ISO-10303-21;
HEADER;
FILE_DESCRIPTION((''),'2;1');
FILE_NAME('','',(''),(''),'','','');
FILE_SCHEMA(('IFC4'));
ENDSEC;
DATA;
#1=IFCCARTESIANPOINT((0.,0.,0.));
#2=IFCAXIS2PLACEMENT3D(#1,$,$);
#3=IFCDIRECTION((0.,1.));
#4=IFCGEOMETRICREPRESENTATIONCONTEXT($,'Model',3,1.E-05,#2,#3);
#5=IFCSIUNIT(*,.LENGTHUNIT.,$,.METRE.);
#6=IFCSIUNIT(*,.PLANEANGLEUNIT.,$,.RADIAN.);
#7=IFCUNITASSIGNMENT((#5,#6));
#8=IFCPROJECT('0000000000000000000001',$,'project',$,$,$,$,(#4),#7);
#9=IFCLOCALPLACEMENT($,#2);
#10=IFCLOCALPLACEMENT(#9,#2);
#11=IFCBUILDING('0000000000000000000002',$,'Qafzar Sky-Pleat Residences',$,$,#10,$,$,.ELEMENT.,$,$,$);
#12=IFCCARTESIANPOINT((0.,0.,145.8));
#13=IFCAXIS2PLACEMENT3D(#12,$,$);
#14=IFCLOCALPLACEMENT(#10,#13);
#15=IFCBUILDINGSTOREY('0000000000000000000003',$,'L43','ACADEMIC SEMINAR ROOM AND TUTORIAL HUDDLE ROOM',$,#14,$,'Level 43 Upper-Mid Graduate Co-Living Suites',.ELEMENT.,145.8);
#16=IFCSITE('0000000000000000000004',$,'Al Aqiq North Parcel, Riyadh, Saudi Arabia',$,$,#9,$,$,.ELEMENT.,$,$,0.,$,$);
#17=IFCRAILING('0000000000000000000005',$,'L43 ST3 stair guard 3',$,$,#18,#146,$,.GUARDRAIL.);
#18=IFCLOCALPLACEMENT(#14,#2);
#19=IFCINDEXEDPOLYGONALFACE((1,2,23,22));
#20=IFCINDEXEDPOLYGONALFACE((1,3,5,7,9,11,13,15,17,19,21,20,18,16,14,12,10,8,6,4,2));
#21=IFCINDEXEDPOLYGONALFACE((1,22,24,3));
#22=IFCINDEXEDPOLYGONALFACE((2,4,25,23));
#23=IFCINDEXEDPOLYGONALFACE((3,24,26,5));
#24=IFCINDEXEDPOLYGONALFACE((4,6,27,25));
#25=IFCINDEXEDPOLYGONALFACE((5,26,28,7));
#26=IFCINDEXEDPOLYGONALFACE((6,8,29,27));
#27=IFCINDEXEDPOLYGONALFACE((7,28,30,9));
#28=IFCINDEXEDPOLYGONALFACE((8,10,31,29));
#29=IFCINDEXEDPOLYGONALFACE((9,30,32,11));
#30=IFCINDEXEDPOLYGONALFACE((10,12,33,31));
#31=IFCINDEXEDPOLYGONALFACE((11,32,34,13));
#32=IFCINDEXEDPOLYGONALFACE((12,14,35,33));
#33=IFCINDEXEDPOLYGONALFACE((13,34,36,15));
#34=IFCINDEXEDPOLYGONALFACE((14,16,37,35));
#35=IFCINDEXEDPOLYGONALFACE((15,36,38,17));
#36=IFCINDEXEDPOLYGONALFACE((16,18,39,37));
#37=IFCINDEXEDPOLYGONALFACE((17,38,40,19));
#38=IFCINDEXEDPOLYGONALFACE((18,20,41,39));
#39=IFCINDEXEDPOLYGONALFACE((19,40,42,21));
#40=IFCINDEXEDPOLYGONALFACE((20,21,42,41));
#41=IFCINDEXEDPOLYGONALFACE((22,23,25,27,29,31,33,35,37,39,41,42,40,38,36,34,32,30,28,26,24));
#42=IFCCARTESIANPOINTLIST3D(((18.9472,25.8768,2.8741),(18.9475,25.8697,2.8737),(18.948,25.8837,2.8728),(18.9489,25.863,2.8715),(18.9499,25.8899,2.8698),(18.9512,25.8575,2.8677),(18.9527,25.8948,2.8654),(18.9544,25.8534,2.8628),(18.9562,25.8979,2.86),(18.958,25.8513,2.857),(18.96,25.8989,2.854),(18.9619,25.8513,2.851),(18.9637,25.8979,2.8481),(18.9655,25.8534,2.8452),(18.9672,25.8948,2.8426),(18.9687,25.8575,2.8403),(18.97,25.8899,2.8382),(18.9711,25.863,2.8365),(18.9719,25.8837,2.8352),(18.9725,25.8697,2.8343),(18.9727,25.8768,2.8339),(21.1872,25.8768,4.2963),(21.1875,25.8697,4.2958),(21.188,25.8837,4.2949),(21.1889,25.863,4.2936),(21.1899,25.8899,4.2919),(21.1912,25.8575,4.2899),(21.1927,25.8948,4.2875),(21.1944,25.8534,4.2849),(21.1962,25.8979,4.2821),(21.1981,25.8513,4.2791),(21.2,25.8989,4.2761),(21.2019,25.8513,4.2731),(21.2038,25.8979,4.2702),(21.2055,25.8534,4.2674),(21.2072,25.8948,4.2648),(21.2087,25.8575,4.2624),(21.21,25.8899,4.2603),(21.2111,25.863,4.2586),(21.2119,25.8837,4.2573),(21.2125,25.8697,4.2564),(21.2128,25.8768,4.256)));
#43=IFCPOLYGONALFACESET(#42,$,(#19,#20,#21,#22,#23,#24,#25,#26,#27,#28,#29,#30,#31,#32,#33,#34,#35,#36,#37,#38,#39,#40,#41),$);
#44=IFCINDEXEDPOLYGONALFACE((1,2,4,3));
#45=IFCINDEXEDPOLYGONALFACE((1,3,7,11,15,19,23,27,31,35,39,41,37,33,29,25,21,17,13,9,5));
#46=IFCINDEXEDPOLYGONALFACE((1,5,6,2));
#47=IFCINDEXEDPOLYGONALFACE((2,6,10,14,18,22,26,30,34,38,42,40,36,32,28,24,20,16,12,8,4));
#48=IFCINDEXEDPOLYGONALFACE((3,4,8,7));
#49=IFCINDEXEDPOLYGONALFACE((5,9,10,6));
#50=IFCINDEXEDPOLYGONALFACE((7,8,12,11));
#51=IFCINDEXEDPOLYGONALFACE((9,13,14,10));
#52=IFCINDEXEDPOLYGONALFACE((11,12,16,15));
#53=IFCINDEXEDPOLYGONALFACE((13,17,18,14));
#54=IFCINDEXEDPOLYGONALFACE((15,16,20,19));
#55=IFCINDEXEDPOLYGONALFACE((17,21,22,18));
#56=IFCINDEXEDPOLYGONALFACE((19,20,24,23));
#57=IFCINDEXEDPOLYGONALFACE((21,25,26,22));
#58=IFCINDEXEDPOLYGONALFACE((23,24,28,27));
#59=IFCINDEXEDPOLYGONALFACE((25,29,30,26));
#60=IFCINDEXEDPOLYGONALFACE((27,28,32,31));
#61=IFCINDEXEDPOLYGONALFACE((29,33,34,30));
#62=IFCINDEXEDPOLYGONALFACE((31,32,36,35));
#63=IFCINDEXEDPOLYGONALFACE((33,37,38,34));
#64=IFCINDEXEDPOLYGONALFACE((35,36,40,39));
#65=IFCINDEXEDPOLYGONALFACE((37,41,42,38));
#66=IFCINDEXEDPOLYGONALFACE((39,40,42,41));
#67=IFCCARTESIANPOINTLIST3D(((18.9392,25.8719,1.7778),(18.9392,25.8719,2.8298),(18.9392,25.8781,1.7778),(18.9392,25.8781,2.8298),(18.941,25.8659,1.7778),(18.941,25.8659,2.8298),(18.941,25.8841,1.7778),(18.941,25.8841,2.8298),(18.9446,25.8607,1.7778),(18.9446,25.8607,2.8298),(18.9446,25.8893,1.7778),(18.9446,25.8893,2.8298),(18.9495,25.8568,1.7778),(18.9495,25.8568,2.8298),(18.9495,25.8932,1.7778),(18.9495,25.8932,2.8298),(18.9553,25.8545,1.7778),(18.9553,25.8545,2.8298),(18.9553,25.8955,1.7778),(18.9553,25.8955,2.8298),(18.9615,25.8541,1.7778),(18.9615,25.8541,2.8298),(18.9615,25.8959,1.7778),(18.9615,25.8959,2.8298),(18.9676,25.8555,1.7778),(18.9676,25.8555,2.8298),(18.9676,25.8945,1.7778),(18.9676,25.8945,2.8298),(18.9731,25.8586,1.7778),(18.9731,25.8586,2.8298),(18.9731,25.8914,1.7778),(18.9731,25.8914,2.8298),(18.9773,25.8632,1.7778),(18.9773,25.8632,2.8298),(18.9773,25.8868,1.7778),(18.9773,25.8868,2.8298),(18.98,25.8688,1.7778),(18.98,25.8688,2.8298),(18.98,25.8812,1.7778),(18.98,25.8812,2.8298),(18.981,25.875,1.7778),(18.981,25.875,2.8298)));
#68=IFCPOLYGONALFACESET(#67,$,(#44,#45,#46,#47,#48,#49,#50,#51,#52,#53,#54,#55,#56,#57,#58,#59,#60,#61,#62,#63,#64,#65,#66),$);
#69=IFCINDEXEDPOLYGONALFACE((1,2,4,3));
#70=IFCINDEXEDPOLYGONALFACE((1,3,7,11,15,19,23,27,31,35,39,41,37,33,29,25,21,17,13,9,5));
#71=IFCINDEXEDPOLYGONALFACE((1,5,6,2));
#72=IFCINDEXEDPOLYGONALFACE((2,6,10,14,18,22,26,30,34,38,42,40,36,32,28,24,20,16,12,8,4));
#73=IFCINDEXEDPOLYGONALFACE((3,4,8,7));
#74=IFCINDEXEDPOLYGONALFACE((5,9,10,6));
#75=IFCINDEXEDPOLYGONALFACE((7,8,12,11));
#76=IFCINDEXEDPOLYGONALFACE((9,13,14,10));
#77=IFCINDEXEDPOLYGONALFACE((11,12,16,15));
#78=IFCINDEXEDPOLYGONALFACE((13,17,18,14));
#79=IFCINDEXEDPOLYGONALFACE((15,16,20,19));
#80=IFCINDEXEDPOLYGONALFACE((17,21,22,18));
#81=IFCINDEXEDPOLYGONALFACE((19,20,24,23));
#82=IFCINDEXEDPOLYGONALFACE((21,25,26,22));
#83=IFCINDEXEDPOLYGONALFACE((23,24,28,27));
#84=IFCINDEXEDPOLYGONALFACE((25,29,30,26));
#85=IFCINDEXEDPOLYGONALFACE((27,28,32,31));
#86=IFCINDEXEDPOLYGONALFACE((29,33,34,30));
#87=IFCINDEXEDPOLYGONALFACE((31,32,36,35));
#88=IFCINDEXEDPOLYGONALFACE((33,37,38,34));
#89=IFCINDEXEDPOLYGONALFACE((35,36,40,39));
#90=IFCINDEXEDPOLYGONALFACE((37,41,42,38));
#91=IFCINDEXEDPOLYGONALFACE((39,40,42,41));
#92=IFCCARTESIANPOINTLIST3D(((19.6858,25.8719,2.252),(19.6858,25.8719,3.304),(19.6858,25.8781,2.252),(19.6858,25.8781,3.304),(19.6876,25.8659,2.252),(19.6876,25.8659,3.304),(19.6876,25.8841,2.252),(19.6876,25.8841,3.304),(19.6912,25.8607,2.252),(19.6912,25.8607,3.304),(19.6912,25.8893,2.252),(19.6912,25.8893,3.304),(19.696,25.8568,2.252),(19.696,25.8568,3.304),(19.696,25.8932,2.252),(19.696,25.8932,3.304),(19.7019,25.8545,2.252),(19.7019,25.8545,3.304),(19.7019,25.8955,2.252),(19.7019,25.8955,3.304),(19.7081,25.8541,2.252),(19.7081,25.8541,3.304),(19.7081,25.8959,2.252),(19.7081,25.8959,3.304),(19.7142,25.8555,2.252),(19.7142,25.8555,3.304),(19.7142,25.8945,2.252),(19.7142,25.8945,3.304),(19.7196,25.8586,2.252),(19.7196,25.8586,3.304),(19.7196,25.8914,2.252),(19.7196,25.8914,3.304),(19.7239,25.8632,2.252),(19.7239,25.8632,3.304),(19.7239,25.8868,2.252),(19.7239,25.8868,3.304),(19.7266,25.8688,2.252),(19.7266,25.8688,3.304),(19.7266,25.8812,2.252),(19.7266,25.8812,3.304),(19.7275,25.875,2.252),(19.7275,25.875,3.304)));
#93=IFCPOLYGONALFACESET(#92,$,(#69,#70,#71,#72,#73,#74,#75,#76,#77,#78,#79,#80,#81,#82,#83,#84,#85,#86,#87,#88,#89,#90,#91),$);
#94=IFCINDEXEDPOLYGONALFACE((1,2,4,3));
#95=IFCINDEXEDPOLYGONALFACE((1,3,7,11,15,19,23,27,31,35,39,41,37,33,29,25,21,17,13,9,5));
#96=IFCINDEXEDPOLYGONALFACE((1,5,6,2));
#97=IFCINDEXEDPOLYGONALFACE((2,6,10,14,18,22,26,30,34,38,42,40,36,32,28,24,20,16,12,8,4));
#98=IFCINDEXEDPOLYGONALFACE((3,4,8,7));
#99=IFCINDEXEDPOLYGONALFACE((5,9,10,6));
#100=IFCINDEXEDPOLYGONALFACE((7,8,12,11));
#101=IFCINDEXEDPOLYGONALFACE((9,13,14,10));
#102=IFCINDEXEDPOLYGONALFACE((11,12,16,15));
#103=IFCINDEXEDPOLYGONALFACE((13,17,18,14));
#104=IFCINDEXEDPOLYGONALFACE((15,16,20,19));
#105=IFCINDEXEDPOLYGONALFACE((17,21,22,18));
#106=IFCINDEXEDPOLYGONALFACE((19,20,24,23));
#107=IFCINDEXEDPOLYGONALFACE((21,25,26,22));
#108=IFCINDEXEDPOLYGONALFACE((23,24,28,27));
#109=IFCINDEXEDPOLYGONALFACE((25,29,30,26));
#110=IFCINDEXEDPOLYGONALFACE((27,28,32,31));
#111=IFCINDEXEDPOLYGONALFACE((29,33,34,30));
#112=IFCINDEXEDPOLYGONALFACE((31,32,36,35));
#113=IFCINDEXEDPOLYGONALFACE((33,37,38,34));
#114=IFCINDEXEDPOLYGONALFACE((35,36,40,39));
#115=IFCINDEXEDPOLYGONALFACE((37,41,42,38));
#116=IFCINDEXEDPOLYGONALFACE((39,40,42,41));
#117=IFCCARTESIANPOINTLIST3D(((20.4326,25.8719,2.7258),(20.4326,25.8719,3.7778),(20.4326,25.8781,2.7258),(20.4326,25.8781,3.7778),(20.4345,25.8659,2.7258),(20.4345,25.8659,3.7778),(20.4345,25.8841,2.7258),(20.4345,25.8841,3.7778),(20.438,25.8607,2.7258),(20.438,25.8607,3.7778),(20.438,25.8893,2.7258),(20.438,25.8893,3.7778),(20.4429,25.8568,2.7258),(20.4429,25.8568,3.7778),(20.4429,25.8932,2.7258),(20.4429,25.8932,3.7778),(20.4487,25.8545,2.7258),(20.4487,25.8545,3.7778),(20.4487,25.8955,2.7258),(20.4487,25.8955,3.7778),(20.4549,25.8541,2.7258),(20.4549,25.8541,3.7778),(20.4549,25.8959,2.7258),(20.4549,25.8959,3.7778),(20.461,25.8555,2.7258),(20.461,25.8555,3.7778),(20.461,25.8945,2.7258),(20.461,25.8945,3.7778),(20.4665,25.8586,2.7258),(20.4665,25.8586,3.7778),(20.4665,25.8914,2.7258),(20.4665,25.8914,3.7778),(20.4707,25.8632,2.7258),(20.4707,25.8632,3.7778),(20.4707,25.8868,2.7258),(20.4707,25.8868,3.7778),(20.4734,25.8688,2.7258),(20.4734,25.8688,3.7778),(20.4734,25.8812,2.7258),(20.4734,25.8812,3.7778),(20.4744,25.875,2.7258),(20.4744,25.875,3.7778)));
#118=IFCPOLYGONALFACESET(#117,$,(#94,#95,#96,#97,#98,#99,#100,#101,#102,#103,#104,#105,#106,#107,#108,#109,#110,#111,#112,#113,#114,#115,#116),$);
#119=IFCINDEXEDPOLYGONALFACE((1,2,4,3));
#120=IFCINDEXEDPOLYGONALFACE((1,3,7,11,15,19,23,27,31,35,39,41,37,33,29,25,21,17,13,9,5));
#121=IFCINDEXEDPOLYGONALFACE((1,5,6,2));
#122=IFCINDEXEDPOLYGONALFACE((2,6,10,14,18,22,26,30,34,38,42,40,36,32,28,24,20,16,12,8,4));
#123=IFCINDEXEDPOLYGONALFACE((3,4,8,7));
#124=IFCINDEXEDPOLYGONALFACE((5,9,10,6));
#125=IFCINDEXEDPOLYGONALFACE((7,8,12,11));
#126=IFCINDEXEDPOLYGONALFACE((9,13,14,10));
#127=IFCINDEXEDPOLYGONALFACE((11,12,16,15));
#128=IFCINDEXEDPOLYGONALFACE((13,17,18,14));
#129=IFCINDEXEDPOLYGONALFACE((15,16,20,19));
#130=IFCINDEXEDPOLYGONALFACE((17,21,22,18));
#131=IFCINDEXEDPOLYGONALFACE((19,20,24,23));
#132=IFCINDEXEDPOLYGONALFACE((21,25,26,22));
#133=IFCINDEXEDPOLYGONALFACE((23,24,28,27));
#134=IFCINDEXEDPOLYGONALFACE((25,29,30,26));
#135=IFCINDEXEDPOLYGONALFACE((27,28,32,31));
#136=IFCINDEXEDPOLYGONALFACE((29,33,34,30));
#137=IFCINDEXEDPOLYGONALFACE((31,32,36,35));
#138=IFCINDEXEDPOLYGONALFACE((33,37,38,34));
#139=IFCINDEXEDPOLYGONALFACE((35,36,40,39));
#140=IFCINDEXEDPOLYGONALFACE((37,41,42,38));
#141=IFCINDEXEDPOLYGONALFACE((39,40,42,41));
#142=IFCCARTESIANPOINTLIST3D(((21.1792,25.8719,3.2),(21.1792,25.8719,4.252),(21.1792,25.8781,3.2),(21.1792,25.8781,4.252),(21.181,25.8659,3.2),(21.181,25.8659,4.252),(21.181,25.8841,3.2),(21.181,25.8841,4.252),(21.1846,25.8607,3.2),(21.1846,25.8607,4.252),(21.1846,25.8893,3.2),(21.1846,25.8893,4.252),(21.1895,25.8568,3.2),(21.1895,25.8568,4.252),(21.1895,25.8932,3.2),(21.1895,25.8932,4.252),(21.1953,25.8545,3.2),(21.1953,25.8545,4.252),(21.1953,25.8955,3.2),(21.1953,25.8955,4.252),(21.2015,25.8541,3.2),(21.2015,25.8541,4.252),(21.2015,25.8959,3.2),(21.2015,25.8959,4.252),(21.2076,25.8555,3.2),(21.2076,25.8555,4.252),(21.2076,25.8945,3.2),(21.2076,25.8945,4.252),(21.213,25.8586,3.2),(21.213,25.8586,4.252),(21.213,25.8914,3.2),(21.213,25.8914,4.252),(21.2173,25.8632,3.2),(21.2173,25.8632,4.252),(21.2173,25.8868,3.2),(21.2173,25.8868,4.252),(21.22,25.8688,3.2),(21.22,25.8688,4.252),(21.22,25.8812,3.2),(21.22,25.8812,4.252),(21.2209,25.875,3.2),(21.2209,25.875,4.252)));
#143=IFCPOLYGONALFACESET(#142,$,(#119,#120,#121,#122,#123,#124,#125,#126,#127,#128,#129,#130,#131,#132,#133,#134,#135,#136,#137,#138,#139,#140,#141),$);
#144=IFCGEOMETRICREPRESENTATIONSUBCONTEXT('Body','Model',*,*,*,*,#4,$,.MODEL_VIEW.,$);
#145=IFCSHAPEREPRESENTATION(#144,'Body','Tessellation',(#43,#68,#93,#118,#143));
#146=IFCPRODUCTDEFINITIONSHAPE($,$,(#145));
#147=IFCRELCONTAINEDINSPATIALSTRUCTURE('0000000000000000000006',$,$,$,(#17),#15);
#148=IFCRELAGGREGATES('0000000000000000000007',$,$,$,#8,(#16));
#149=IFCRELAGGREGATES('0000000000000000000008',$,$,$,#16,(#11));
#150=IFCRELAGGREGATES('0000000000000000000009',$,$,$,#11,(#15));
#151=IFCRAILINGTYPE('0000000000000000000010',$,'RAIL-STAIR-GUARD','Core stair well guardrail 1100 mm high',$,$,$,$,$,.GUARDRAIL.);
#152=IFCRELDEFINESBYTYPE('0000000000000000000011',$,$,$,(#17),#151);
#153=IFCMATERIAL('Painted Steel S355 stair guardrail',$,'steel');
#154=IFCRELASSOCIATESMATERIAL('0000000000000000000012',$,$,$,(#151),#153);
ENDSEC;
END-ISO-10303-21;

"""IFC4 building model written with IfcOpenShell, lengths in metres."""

from ifc_helpers import new_model, si_unit, direction, frame, origin, origin_2d, place, context, subcontext, project, spatial, circle, extrude, source, transform, mapped, material, type_object, element, save


model = new_model("IFC4")

# Units and contexts
model_context = context("Model", 3, precision=1e-05, world=origin(), true_north=direction((0.0, 1.0)))
body_context = subcontext(model_context, "Body", "Model", "MODEL_VIEW")
ifc_project = project(units=[si_unit("LENGTHUNIT", "METRE"), si_unit("PLANEANGLEUNIT", "RADIAN")], contexts=[model_context])

# Site, building, storey
site_placement = place(None, origin())
site = spatial("IfcSite", under=ifc_project, at=site_placement, Name="Al Aqiq North Parcel, Riyadh, Saudi Arabia", CompositionType="ELEMENT", RefElevation=0.0)
building_placement = place(site_placement, origin())
building = spatial("IfcBuilding", under=site, at=building_placement, Name="Qafzar Sky-Pleat Residences", CompositionType="ELEMENT")
storey_placement = place(building_placement, frame((0.0, 0.0, 145.8)))
storey = spatial("IfcBuildingStorey", under=building, at=storey_placement, Name="L43", Description="ACADEMIC SEMINAR ROOM AND TUTORIAL HUDDLE ROOM", LongName="Level 43 Upper-Mid Graduate Co-Living Suites", CompositionType="ELEMENT", Elevation=145.8)

# Railing
ifc_material_1 = material(Name="Painted Steel S355 stair guardrail", Category="steel")
railing_type_1 = type_object("IfcRailingType", Name="RAIL-STAIR-GUARD", Description="Core stair well guardrail 1100 mm high", PredefinedType="GUARDRAIL", material=ifc_material_1)
shared_shape_1 = source(origin(), body_context, "Body", "SweptSolid", [
    extrude(circle(Radius=0.0239, at=origin_2d()), frame((0.0, 0.0, 1.0762), z_axis=(0.844229, 0.0, 0.535982), x_axis=(0.0, 1.0, 0.0)), (0.0, 0.0, 1.0), 2.6533),
    extrude(circle(Radius=0.021, at=origin_2d()), origin(), (0.0, 0.0, 1.0), 1.052),
    extrude(circle(Radius=0.021, at=origin_2d()), frame((0.7466, 0.0, 0.4741)), (0.0, 0.0, 1.0), 1.052),
    extrude(circle(Radius=0.021, at=origin_2d()), frame((1.4934, 0.0, 0.948)), (0.0, 0.0, 1.0), 1.052),
    extrude(circle(Radius=0.021, at=origin_2d()), frame((2.24, 0.0, 1.4221)), (0.0, 0.0, 1.0), 1.052),
])
railing_1_placement = place(storey_placement, frame((18.96, 25.875, 1.7778)))
element("IfcRailing", 1, at=railing_1_placement, inside=storey, type_object=railing_type_1, Name="L43 ST3 stair guard 3", PredefinedType="GUARDRAIL", context=body_context, shape_type="MappedRepresentation", body=[
    mapped(shared_shape_1, transform((0.0, 0.0, 0.0), x_axis=(1.0, 0.0, 0.0), y_axis=(0.0, 1.0, 0.0), z_axis=(0.0, 0.0, 1.0), scale=1.0)),
])

save(model, "model.ifc")
